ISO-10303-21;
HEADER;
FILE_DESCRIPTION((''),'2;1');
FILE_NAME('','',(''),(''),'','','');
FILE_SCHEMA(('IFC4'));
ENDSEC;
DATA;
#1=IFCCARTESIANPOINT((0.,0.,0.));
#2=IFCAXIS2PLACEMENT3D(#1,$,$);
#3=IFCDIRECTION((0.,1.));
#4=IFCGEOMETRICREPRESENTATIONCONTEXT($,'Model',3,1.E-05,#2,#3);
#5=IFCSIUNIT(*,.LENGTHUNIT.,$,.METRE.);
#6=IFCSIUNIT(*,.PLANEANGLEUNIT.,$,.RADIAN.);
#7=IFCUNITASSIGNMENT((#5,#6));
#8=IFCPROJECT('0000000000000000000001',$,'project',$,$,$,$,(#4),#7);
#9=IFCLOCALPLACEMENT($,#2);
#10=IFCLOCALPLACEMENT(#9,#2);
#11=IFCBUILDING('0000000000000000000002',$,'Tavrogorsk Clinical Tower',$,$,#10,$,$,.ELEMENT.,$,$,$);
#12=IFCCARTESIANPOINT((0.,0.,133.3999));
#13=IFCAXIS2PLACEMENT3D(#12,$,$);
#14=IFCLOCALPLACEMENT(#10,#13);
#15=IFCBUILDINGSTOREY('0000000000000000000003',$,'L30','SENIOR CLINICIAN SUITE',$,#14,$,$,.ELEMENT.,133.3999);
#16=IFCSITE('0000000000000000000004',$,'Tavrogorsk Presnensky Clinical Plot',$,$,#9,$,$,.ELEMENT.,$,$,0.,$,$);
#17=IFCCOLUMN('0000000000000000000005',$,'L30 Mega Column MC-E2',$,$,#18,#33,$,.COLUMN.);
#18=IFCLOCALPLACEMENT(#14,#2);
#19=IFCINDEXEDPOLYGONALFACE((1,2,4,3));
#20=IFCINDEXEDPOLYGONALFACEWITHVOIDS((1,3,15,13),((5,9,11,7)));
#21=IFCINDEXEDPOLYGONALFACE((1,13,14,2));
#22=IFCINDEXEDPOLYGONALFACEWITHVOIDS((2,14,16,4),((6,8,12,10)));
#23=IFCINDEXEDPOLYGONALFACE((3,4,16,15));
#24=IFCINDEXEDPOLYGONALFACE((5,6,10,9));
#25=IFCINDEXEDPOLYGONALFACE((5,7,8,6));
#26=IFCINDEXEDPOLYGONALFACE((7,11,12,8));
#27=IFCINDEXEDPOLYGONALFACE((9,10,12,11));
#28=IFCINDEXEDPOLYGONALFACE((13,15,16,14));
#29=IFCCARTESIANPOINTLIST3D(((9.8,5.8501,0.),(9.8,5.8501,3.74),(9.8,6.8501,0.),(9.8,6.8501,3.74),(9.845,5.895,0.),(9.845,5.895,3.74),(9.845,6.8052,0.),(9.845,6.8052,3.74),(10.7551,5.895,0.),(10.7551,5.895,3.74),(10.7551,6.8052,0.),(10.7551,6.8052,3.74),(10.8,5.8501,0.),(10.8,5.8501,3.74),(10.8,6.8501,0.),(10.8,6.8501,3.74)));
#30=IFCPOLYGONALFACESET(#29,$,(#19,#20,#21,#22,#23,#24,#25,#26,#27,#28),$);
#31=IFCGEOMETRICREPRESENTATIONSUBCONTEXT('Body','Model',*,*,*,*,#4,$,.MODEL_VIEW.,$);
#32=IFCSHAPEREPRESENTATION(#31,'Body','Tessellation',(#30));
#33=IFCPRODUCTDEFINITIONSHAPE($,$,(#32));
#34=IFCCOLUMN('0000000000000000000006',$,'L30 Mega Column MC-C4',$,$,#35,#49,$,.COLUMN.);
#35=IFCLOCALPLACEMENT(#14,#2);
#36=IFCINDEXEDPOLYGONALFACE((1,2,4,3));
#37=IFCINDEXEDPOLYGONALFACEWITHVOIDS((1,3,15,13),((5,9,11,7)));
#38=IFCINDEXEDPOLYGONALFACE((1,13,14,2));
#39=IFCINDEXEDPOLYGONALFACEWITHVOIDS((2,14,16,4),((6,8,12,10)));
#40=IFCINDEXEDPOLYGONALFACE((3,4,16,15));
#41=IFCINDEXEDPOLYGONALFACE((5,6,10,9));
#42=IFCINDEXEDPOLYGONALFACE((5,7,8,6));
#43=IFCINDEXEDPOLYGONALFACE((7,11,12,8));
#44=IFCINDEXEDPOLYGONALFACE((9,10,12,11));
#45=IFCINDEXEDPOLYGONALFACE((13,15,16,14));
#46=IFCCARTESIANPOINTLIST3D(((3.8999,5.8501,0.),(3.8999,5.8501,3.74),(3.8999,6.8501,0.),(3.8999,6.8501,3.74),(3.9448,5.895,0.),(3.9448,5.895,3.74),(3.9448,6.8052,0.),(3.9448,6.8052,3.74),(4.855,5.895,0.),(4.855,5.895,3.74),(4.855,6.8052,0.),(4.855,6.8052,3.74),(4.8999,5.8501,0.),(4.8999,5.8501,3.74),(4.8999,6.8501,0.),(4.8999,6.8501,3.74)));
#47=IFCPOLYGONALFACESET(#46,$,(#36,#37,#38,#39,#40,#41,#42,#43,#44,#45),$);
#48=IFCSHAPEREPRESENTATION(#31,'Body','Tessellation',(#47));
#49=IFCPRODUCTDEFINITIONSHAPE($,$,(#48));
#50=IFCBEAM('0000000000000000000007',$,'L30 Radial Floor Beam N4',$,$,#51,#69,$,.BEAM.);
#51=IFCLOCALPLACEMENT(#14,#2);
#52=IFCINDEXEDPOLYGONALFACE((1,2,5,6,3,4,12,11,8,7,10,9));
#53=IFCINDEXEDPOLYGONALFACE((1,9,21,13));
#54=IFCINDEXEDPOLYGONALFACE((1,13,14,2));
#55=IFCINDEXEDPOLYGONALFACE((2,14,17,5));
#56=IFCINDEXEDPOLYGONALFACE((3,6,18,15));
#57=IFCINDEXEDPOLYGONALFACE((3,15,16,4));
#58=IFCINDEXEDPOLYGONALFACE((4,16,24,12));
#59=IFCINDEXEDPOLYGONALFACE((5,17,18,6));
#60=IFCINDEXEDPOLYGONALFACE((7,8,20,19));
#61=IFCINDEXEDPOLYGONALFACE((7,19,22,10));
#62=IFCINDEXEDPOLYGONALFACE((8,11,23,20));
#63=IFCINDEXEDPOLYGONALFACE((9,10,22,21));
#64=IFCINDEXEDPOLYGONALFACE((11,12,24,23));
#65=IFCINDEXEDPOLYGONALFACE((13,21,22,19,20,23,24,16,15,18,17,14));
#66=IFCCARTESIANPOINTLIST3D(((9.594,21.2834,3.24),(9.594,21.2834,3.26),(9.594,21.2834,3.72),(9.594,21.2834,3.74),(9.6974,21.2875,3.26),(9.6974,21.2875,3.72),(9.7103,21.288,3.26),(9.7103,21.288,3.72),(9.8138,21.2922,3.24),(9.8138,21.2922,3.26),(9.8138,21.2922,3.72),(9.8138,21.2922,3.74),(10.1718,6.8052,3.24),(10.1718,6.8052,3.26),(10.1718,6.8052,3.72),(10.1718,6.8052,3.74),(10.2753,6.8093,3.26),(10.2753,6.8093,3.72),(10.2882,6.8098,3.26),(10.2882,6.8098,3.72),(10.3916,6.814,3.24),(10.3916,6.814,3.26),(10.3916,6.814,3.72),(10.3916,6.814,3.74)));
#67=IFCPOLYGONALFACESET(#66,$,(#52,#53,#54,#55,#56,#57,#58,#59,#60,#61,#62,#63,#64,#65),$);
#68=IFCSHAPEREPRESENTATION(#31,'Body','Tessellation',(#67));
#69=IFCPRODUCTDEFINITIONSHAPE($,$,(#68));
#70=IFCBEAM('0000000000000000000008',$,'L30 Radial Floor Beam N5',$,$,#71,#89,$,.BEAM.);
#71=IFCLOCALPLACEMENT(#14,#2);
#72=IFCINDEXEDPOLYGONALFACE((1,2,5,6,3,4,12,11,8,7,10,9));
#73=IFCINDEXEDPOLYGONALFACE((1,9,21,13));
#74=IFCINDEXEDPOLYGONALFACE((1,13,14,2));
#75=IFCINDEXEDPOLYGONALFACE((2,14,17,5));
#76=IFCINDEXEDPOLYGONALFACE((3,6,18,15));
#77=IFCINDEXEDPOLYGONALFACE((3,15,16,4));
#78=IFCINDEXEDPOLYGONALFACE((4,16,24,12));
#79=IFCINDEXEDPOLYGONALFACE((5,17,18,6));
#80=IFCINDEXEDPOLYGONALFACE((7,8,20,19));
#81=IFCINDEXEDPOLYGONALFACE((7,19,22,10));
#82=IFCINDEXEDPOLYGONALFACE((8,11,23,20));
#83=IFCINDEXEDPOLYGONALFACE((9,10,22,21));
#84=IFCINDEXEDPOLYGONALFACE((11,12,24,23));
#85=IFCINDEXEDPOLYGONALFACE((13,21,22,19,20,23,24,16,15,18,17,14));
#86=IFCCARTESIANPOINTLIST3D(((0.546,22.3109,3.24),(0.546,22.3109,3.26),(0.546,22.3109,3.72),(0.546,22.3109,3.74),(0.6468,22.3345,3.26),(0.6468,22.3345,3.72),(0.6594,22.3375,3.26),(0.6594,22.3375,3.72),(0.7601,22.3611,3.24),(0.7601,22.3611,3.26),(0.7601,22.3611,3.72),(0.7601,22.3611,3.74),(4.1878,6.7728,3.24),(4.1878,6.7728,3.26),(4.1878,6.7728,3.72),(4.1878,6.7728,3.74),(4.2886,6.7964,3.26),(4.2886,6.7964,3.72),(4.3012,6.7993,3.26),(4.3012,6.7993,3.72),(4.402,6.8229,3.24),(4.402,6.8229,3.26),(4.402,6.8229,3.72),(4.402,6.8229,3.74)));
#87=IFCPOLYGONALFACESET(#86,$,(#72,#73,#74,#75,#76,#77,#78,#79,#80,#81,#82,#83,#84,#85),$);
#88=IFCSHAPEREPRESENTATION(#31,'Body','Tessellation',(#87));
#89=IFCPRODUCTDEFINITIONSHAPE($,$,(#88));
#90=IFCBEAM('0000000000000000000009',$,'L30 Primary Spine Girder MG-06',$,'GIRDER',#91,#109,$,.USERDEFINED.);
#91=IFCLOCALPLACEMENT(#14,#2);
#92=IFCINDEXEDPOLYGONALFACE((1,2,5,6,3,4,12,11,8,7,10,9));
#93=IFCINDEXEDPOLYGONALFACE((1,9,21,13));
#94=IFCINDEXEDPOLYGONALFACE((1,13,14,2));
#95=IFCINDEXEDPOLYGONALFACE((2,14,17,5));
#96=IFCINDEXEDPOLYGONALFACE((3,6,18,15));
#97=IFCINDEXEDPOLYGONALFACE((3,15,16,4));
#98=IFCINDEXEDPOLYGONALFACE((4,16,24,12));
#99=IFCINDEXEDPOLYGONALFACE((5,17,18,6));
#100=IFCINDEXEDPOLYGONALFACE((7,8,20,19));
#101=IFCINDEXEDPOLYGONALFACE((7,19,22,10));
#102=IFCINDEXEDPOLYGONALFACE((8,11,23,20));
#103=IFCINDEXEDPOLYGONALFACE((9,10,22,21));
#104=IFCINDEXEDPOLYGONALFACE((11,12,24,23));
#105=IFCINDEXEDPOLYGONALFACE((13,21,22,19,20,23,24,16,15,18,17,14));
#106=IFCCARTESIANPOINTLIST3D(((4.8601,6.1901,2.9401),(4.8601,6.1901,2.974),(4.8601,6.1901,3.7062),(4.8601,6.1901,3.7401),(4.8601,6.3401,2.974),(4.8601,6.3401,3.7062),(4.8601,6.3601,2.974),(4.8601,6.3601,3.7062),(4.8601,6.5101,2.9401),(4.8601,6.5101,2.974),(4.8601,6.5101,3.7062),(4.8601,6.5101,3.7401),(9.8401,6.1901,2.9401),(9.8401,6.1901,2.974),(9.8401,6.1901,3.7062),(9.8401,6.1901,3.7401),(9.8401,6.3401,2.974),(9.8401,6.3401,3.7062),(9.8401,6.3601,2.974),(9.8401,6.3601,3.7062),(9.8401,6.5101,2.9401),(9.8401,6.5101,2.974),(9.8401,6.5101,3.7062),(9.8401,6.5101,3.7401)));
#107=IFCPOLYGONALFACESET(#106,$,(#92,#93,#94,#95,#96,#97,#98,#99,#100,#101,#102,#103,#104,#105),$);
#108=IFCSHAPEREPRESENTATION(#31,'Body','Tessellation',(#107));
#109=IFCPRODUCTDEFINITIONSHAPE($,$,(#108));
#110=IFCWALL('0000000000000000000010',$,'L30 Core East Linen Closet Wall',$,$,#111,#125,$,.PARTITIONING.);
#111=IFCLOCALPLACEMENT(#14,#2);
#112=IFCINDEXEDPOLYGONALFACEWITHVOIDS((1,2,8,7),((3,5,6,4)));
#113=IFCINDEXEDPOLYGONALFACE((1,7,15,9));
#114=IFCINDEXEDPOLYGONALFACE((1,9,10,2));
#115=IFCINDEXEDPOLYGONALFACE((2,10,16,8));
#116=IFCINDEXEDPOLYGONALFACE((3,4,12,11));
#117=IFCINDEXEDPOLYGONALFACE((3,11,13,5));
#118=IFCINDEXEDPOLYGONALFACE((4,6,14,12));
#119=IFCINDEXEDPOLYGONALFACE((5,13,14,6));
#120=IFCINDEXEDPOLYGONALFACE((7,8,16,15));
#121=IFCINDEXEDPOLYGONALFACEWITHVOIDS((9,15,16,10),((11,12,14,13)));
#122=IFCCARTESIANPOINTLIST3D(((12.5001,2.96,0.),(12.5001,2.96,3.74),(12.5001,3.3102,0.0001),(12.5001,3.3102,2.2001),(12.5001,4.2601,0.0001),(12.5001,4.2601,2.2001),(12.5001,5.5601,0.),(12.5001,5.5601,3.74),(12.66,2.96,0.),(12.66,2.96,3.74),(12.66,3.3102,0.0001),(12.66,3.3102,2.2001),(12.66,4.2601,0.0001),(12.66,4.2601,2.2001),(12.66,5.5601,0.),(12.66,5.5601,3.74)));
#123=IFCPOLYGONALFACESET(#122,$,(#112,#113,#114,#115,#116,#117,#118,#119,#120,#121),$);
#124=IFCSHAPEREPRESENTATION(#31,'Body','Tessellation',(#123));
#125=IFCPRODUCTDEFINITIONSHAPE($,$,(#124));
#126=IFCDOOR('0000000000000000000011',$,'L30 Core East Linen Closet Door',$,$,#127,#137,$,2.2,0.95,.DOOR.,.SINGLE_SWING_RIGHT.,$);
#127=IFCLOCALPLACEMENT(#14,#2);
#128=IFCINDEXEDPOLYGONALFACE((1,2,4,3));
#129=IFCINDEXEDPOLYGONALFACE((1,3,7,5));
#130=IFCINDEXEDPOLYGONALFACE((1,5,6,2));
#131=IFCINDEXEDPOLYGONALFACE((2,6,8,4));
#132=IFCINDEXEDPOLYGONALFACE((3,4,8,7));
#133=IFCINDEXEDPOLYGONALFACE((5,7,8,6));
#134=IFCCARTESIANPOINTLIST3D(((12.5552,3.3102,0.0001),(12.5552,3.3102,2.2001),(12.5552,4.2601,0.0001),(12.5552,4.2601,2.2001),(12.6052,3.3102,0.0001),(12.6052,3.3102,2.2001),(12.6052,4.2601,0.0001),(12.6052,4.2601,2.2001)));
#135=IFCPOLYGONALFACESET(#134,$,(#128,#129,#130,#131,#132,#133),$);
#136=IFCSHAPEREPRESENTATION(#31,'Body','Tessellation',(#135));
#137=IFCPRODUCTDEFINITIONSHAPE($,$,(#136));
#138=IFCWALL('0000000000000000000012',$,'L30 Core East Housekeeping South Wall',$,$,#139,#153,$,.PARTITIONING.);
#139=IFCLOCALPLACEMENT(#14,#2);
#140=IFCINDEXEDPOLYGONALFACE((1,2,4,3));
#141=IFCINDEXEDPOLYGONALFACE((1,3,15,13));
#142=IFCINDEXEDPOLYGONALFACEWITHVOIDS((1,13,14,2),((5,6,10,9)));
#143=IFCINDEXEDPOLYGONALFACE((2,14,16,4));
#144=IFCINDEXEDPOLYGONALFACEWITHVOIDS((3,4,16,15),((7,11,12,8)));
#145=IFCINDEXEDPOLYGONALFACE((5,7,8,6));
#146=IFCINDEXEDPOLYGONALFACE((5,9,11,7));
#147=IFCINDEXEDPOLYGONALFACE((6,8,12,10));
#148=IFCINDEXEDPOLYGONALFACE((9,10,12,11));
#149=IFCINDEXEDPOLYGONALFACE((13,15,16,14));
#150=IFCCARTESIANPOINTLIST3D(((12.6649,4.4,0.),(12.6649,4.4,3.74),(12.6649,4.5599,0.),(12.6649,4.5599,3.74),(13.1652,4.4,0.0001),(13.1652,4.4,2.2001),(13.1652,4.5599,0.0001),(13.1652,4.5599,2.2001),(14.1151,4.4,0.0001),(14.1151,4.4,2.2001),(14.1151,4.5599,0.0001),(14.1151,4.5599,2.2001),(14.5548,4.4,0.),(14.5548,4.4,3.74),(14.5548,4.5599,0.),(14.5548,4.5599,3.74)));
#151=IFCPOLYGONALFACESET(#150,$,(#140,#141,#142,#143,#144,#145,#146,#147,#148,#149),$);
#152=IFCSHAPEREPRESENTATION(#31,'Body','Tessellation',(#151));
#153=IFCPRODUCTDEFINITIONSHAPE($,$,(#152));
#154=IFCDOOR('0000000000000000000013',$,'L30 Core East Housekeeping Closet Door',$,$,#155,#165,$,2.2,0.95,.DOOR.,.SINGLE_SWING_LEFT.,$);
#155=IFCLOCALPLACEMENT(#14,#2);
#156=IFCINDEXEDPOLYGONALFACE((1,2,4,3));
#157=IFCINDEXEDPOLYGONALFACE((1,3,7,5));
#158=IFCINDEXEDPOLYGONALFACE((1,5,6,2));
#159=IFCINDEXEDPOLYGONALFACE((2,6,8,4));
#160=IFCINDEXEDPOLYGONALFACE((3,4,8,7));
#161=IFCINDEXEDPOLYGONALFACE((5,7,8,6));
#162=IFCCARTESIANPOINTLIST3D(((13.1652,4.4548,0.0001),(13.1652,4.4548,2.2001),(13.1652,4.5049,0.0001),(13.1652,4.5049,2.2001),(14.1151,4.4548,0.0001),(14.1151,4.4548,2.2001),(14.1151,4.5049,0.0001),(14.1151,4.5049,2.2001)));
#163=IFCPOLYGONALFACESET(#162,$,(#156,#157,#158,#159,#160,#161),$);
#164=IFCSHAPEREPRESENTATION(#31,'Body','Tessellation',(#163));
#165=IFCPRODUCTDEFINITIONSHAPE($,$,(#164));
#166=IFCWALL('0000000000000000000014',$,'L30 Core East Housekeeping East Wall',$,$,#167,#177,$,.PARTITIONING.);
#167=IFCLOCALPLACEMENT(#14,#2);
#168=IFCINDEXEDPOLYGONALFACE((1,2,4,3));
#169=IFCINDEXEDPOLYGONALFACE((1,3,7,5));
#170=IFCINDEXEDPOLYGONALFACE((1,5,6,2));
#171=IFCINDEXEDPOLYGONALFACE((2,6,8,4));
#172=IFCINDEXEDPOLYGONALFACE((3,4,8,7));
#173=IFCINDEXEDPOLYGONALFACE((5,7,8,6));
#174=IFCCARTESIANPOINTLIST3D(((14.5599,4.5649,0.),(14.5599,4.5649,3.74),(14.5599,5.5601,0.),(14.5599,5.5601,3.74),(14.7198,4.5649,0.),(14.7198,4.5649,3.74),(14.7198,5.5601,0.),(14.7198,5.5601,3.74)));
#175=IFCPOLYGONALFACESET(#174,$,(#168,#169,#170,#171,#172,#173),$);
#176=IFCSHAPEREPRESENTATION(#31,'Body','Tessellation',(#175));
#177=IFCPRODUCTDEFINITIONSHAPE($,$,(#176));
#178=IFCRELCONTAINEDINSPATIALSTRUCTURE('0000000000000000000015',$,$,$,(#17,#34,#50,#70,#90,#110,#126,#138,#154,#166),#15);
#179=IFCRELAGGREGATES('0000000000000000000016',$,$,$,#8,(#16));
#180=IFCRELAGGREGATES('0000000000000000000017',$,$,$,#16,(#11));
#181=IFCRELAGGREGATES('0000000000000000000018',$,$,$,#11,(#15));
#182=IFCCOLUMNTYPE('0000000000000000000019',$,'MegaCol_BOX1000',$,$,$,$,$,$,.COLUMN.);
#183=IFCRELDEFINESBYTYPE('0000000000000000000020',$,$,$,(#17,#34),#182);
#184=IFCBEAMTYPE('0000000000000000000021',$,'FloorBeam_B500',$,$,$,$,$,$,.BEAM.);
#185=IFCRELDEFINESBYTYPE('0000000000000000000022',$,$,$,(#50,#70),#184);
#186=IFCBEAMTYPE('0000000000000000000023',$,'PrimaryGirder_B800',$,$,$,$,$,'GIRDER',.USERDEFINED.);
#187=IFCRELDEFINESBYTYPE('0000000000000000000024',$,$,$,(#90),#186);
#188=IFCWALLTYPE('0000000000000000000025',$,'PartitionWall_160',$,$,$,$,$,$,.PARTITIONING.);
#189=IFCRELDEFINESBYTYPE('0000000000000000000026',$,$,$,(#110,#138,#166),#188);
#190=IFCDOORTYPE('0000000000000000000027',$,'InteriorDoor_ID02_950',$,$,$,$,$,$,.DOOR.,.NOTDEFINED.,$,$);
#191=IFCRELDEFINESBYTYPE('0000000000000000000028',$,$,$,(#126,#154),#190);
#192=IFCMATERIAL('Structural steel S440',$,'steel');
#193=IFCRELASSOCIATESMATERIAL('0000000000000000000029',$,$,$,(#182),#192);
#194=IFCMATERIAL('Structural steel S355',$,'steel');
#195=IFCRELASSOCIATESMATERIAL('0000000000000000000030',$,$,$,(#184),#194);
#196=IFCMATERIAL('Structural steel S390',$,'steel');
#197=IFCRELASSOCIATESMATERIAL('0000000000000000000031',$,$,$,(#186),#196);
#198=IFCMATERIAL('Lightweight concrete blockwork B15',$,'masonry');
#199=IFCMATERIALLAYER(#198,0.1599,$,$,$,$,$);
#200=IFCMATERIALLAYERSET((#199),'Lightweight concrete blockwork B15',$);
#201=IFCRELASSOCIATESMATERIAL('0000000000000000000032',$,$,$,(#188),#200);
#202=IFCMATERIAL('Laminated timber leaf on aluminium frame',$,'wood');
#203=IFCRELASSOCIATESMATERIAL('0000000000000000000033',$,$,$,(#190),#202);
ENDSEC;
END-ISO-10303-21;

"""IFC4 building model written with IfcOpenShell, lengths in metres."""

from ifc_helpers import new_model, si_unit, direction, frame, frame_2d, origin, origin_2d, place, context, subcontext, project, spatial, rectangle, hollow_rectangle, i_section, extrude, material, layer, layer_set, material_profile, profile_set, type_object, element, fill, save


model = new_model("IFC4")

# Units and contexts
model_context = context("Model", 3, precision=1e-05, world=origin(), true_north=direction((0.0, 1.0)))
body_context = subcontext(model_context, "Body", "Model", "MODEL_VIEW")
ifc_project = project(units=[si_unit("LENGTHUNIT", "METRE"), si_unit("PLANEANGLEUNIT", "RADIAN")], contexts=[model_context])

# Site, building, storey
site_placement = place(None, origin())
site = spatial("IfcSite", under=ifc_project, at=site_placement, Name="Tavrogorsk Presnensky Clinical Plot", CompositionType="ELEMENT", RefElevation=0.0)
building_placement = place(site_placement, origin())
building = spatial("IfcBuilding", under=site, at=building_placement, Name="Tavrogorsk Clinical Tower", CompositionType="ELEMENT")
storey_placement = place(building_placement, frame((0.0, 0.0, 133.3999)))
storey = spatial("IfcBuildingStorey", under=building, at=storey_placement, Name="L30", Description="SENIOR CLINICIAN SUITE", CompositionType="ELEMENT", Elevation=133.3999)

# Columns
ifc_material_1 = material(Name="Structural steel S440", Category="steel")
ifc_material_profile_1 = material_profile(ifc_material_1, hollow_rectangle(XDim=1.0, YDim=1.0, WallThickness=0.0449, at=origin_2d()), Name="BOX-1000x1000x45")
ifc_profile_set_1 = profile_set([ifc_material_profile_1], Name="Structural steel S440")
column_type = type_object("IfcColumnType", Name="MegaCol_BOX1000", PredefinedType="COLUMN", material=ifc_profile_set_1)
for number, where, z_axis, x_axis, name in (
    (1, (10.3, 6.3501, 0.0), (0.0, 0.0, 1.0), (1.0, 0.0, 0.0), "L30 Mega Column MC-E2"),
    (2, (4.3999, 6.3501, 0.0), (0.0, 0.0, 1.0), (1.0, 0.0, 0.0), "L30 Mega Column MC-C4"),
):
    element("IfcColumn", number, at=place(storey_placement, frame(where, z_axis=z_axis, x_axis=x_axis)), inside=storey, type_object=column_type, Name=name, PredefinedType="COLUMN", context=body_context, shape_type="SweptSolid", body=[
        extrude(hollow_rectangle(XDim=1.0, YDim=1.0, WallThickness=0.0449, at=origin_2d()), origin(), (0.0, 0.0, 1.0), 3.74),
    ])

# Beams
ifc_material_2 = material(Name="Structural steel S355", Category="steel")
ifc_material_profile_2 = material_profile(ifc_material_2, i_section(OverallWidth=0.22, OverallDepth=0.5, WebThickness=0.0129, FlangeThickness=0.02, at=origin_2d()), Name="B-500x220x13x20")
ifc_profile_set_2 = profile_set([ifc_material_profile_2], Name="Structural steel S355")
beam_type_1 = type_object("IfcBeamType", Name="FloorBeam_B500", PredefinedType="BEAM", material=ifc_profile_set_2)
beam_1_placement = place(storey_placement, frame((10.2817, 6.8096, 3.49), z_axis=(-0.039882, 0.999204, 0.0), x_axis=(-0.999204, -0.039882, 0.0)))
element("IfcBeam", 3, at=beam_1_placement, inside=storey, type_object=beam_type_1, Name="L30 Radial Floor Beam N4", PredefinedType="BEAM", context=body_context, shape_type="SweptSolid", body=[
    extrude(i_section(OverallWidth=0.22, OverallDepth=0.5, WebThickness=0.0129, FlangeThickness=0.02, at=origin_2d()), origin(), (0.0, 0.0, 1.0), 14.4897),
])
beam_2_placement = place(storey_placement, frame((4.2949, 6.7979, 3.49), z_axis=(-0.228198, 0.973615, 0.0), x_axis=(-0.973615, -0.228198, 0.0)))
element("IfcBeam", 4, at=beam_2_placement, inside=storey, type_object=beam_type_1, Name="L30 Radial Floor Beam N5", PredefinedType="BEAM", context=body_context, shape_type="SweptSolid", body=[
    extrude(i_section(OverallWidth=0.22, OverallDepth=0.5, WebThickness=0.0129, FlangeThickness=0.02, at=origin_2d()), origin(), (0.0, 0.0, 1.0), 15.9592),
])
ifc_material_3 = material(Name="Structural steel S390", Category="steel")
ifc_material_profile_3 = material_profile(ifc_material_3, i_section(OverallWidth=0.3201, OverallDepth=0.8, WebThickness=0.02, FlangeThickness=0.0339, at=origin_2d()), Name="B-800x320x20x34")
ifc_profile_set_3 = profile_set([ifc_material_profile_3], Name="Structural steel S390")
beam_type_2 = type_object("IfcBeamType", Name="PrimaryGirder_B800", ElementType="GIRDER", PredefinedType="USERDEFINED", material=ifc_profile_set_3)
beam_3_placement = place(storey_placement, frame((4.8601, 6.3501, 3.3401), z_axis=(1.0, 0.0, 0.0), x_axis=(0.0, 1.0, 0.0)))
element("IfcBeam", 5, at=beam_3_placement, inside=storey, type_object=beam_type_2, Name="L30 Primary Spine Girder MG-06", ObjectType="GIRDER", PredefinedType="USERDEFINED", context=body_context, shape_type="SweptSolid", body=[
    extrude(i_section(OverallWidth=0.3201, OverallDepth=0.8, WebThickness=0.02, FlangeThickness=0.0339, at=origin_2d()), origin(), (0.0, 0.0, 1.0), 4.98),
])

# Walls, openings, doors
ifc_material_4 = material(Name="Lightweight concrete blockwork B15", Category="masonry")
ifc_layer_1 = layer(ifc_material_4, 0.1599)
ifc_layer_set_1 = layer_set([ifc_layer_1], Name="Lightweight concrete blockwork B15")
wall_type_1 = type_object("IfcWallType", Name="PartitionWall_160", PredefinedType="PARTITIONING", material=ifc_layer_set_1)
wall_1_placement = place(storey_placement, frame((12.5801, 2.96, 0.0), z_axis=(0.0, 0.0, 1.0), x_axis=(0.0, 1.0, 0.0)))
wall_1 = element("IfcWall", 6, at=wall_1_placement, inside=storey, type_object=wall_type_1, Name="L30 Core East Linen Closet Wall", PredefinedType="PARTITIONING", context=body_context, shape_type="SweptSolid", body=[
    extrude(rectangle(XDim=2.6001, YDim=0.1599, at=frame_2d((1.3, 0.0))), origin(), (0.0, 0.0, 1.0), 3.74),
])
opening_1_placement = place(wall_1_placement, frame((0.3501, 0.0, 0.0)))
opening_1 = element("IfcOpeningElement", 7, at=opening_1_placement, cuts=wall_1, PredefinedType="OPENING", context=body_context, shape_type="SweptSolid", body=[
    extrude(rectangle(XDim=0.95, YDim=2.2, at=frame_2d((0.4751, 1.1001))), frame((0.0, 0.0898, 0.0), z_axis=(0.0, -1.0, 0.0), x_axis=(1.0, 0.0, 0.0)), (0.0, 0.0, 1.0), 0.1799),
])
ifc_material_5 = material(Name="Laminated timber leaf on aluminium frame", Category="wood")
door_type_1 = type_object("IfcDoorType", Name="InteriorDoor_ID02_950", OperationType="NOTDEFINED", PredefinedType="DOOR", material=ifc_material_5)
door_1_placement = place(opening_1_placement, origin())
door_1 = element("IfcDoor", 8, at=door_1_placement, inside=storey, type_object=door_type_1, Name="L30 Core East Linen Closet Door", OperationType="SINGLE_SWING_RIGHT", OverallHeight=2.2, OverallWidth=0.95, PredefinedType="DOOR", context=body_context, shape_type="SweptSolid", body=[
    extrude(rectangle(XDim=0.95, YDim=2.2, at=frame_2d((0.4751, 1.1001))), frame((0.0, 0.0249, 0.0), z_axis=(0.0, -1.0, 0.0), x_axis=(1.0, 0.0, 0.0)), (0.0, 0.0, 1.0), 0.05),
])
fill(opening_1, door_1)
wall_2_placement = place(storey_placement, frame((12.665, 4.48, 0.0), z_axis=(0.0, 0.0, 1.0), x_axis=(1.0, 0.0, 0.0)))
wall_2 = element("IfcWall", 9, at=wall_2_placement, inside=storey, type_object=wall_type_1, Name="L30 Core East Housekeeping South Wall", PredefinedType="PARTITIONING", context=body_context, shape_type="SweptSolid", body=[
    extrude(rectangle(XDim=1.8899, YDim=0.1599, at=frame_2d((0.9448, 0.0))), origin(), (0.0, 0.0, 1.0), 3.74),
])
opening_2_placement = place(wall_2_placement, frame((0.5, 0.0, 0.0)))
opening_2 = element("IfcOpeningElement", 10, at=opening_2_placement, cuts=wall_2, PredefinedType="OPENING", context=body_context, shape_type="SweptSolid", body=[
    extrude(rectangle(XDim=0.95, YDim=2.2, at=frame_2d((0.4751, 1.1001))), frame((0.0, 0.0898, 0.0), z_axis=(0.0, -1.0, 0.0), x_axis=(1.0, 0.0, 0.0)), (0.0, 0.0, 1.0), 0.1799),
])
door_2_placement = place(opening_2_placement, origin())
door_2 = element("IfcDoor", 11, at=door_2_placement, inside=storey, type_object=door_type_1, Name="L30 Core East Housekeeping Closet Door", OperationType="SINGLE_SWING_LEFT", OverallHeight=2.2, OverallWidth=0.95, PredefinedType="DOOR", context=body_context, shape_type="SweptSolid", body=[
    extrude(rectangle(XDim=0.95, YDim=2.2, at=frame_2d((0.4751, 1.1001))), frame((0.0, 0.0249, 0.0), z_axis=(0.0, -1.0, 0.0), x_axis=(1.0, 0.0, 0.0)), (0.0, 0.0, 1.0), 0.05),
])
fill(opening_2, door_2)

# Wall
wall_3_placement = place(storey_placement, frame((14.6399, 4.5649, 0.0), z_axis=(0.0, 0.0, 1.0), x_axis=(0.0, 1.0, 0.0)))
element("IfcWall", 12, at=wall_3_placement, inside=storey, type_object=wall_type_1, Name="L30 Core East Housekeeping East Wall", PredefinedType="PARTITIONING", context=body_context, shape_type="SweptSolid", body=[
    extrude(rectangle(XDim=0.9951, YDim=0.1599, at=frame_2d((0.4976, 0.0))), origin(), (0.0, 0.0, 1.0), 3.74),
])

save(model, "model.ifc")
